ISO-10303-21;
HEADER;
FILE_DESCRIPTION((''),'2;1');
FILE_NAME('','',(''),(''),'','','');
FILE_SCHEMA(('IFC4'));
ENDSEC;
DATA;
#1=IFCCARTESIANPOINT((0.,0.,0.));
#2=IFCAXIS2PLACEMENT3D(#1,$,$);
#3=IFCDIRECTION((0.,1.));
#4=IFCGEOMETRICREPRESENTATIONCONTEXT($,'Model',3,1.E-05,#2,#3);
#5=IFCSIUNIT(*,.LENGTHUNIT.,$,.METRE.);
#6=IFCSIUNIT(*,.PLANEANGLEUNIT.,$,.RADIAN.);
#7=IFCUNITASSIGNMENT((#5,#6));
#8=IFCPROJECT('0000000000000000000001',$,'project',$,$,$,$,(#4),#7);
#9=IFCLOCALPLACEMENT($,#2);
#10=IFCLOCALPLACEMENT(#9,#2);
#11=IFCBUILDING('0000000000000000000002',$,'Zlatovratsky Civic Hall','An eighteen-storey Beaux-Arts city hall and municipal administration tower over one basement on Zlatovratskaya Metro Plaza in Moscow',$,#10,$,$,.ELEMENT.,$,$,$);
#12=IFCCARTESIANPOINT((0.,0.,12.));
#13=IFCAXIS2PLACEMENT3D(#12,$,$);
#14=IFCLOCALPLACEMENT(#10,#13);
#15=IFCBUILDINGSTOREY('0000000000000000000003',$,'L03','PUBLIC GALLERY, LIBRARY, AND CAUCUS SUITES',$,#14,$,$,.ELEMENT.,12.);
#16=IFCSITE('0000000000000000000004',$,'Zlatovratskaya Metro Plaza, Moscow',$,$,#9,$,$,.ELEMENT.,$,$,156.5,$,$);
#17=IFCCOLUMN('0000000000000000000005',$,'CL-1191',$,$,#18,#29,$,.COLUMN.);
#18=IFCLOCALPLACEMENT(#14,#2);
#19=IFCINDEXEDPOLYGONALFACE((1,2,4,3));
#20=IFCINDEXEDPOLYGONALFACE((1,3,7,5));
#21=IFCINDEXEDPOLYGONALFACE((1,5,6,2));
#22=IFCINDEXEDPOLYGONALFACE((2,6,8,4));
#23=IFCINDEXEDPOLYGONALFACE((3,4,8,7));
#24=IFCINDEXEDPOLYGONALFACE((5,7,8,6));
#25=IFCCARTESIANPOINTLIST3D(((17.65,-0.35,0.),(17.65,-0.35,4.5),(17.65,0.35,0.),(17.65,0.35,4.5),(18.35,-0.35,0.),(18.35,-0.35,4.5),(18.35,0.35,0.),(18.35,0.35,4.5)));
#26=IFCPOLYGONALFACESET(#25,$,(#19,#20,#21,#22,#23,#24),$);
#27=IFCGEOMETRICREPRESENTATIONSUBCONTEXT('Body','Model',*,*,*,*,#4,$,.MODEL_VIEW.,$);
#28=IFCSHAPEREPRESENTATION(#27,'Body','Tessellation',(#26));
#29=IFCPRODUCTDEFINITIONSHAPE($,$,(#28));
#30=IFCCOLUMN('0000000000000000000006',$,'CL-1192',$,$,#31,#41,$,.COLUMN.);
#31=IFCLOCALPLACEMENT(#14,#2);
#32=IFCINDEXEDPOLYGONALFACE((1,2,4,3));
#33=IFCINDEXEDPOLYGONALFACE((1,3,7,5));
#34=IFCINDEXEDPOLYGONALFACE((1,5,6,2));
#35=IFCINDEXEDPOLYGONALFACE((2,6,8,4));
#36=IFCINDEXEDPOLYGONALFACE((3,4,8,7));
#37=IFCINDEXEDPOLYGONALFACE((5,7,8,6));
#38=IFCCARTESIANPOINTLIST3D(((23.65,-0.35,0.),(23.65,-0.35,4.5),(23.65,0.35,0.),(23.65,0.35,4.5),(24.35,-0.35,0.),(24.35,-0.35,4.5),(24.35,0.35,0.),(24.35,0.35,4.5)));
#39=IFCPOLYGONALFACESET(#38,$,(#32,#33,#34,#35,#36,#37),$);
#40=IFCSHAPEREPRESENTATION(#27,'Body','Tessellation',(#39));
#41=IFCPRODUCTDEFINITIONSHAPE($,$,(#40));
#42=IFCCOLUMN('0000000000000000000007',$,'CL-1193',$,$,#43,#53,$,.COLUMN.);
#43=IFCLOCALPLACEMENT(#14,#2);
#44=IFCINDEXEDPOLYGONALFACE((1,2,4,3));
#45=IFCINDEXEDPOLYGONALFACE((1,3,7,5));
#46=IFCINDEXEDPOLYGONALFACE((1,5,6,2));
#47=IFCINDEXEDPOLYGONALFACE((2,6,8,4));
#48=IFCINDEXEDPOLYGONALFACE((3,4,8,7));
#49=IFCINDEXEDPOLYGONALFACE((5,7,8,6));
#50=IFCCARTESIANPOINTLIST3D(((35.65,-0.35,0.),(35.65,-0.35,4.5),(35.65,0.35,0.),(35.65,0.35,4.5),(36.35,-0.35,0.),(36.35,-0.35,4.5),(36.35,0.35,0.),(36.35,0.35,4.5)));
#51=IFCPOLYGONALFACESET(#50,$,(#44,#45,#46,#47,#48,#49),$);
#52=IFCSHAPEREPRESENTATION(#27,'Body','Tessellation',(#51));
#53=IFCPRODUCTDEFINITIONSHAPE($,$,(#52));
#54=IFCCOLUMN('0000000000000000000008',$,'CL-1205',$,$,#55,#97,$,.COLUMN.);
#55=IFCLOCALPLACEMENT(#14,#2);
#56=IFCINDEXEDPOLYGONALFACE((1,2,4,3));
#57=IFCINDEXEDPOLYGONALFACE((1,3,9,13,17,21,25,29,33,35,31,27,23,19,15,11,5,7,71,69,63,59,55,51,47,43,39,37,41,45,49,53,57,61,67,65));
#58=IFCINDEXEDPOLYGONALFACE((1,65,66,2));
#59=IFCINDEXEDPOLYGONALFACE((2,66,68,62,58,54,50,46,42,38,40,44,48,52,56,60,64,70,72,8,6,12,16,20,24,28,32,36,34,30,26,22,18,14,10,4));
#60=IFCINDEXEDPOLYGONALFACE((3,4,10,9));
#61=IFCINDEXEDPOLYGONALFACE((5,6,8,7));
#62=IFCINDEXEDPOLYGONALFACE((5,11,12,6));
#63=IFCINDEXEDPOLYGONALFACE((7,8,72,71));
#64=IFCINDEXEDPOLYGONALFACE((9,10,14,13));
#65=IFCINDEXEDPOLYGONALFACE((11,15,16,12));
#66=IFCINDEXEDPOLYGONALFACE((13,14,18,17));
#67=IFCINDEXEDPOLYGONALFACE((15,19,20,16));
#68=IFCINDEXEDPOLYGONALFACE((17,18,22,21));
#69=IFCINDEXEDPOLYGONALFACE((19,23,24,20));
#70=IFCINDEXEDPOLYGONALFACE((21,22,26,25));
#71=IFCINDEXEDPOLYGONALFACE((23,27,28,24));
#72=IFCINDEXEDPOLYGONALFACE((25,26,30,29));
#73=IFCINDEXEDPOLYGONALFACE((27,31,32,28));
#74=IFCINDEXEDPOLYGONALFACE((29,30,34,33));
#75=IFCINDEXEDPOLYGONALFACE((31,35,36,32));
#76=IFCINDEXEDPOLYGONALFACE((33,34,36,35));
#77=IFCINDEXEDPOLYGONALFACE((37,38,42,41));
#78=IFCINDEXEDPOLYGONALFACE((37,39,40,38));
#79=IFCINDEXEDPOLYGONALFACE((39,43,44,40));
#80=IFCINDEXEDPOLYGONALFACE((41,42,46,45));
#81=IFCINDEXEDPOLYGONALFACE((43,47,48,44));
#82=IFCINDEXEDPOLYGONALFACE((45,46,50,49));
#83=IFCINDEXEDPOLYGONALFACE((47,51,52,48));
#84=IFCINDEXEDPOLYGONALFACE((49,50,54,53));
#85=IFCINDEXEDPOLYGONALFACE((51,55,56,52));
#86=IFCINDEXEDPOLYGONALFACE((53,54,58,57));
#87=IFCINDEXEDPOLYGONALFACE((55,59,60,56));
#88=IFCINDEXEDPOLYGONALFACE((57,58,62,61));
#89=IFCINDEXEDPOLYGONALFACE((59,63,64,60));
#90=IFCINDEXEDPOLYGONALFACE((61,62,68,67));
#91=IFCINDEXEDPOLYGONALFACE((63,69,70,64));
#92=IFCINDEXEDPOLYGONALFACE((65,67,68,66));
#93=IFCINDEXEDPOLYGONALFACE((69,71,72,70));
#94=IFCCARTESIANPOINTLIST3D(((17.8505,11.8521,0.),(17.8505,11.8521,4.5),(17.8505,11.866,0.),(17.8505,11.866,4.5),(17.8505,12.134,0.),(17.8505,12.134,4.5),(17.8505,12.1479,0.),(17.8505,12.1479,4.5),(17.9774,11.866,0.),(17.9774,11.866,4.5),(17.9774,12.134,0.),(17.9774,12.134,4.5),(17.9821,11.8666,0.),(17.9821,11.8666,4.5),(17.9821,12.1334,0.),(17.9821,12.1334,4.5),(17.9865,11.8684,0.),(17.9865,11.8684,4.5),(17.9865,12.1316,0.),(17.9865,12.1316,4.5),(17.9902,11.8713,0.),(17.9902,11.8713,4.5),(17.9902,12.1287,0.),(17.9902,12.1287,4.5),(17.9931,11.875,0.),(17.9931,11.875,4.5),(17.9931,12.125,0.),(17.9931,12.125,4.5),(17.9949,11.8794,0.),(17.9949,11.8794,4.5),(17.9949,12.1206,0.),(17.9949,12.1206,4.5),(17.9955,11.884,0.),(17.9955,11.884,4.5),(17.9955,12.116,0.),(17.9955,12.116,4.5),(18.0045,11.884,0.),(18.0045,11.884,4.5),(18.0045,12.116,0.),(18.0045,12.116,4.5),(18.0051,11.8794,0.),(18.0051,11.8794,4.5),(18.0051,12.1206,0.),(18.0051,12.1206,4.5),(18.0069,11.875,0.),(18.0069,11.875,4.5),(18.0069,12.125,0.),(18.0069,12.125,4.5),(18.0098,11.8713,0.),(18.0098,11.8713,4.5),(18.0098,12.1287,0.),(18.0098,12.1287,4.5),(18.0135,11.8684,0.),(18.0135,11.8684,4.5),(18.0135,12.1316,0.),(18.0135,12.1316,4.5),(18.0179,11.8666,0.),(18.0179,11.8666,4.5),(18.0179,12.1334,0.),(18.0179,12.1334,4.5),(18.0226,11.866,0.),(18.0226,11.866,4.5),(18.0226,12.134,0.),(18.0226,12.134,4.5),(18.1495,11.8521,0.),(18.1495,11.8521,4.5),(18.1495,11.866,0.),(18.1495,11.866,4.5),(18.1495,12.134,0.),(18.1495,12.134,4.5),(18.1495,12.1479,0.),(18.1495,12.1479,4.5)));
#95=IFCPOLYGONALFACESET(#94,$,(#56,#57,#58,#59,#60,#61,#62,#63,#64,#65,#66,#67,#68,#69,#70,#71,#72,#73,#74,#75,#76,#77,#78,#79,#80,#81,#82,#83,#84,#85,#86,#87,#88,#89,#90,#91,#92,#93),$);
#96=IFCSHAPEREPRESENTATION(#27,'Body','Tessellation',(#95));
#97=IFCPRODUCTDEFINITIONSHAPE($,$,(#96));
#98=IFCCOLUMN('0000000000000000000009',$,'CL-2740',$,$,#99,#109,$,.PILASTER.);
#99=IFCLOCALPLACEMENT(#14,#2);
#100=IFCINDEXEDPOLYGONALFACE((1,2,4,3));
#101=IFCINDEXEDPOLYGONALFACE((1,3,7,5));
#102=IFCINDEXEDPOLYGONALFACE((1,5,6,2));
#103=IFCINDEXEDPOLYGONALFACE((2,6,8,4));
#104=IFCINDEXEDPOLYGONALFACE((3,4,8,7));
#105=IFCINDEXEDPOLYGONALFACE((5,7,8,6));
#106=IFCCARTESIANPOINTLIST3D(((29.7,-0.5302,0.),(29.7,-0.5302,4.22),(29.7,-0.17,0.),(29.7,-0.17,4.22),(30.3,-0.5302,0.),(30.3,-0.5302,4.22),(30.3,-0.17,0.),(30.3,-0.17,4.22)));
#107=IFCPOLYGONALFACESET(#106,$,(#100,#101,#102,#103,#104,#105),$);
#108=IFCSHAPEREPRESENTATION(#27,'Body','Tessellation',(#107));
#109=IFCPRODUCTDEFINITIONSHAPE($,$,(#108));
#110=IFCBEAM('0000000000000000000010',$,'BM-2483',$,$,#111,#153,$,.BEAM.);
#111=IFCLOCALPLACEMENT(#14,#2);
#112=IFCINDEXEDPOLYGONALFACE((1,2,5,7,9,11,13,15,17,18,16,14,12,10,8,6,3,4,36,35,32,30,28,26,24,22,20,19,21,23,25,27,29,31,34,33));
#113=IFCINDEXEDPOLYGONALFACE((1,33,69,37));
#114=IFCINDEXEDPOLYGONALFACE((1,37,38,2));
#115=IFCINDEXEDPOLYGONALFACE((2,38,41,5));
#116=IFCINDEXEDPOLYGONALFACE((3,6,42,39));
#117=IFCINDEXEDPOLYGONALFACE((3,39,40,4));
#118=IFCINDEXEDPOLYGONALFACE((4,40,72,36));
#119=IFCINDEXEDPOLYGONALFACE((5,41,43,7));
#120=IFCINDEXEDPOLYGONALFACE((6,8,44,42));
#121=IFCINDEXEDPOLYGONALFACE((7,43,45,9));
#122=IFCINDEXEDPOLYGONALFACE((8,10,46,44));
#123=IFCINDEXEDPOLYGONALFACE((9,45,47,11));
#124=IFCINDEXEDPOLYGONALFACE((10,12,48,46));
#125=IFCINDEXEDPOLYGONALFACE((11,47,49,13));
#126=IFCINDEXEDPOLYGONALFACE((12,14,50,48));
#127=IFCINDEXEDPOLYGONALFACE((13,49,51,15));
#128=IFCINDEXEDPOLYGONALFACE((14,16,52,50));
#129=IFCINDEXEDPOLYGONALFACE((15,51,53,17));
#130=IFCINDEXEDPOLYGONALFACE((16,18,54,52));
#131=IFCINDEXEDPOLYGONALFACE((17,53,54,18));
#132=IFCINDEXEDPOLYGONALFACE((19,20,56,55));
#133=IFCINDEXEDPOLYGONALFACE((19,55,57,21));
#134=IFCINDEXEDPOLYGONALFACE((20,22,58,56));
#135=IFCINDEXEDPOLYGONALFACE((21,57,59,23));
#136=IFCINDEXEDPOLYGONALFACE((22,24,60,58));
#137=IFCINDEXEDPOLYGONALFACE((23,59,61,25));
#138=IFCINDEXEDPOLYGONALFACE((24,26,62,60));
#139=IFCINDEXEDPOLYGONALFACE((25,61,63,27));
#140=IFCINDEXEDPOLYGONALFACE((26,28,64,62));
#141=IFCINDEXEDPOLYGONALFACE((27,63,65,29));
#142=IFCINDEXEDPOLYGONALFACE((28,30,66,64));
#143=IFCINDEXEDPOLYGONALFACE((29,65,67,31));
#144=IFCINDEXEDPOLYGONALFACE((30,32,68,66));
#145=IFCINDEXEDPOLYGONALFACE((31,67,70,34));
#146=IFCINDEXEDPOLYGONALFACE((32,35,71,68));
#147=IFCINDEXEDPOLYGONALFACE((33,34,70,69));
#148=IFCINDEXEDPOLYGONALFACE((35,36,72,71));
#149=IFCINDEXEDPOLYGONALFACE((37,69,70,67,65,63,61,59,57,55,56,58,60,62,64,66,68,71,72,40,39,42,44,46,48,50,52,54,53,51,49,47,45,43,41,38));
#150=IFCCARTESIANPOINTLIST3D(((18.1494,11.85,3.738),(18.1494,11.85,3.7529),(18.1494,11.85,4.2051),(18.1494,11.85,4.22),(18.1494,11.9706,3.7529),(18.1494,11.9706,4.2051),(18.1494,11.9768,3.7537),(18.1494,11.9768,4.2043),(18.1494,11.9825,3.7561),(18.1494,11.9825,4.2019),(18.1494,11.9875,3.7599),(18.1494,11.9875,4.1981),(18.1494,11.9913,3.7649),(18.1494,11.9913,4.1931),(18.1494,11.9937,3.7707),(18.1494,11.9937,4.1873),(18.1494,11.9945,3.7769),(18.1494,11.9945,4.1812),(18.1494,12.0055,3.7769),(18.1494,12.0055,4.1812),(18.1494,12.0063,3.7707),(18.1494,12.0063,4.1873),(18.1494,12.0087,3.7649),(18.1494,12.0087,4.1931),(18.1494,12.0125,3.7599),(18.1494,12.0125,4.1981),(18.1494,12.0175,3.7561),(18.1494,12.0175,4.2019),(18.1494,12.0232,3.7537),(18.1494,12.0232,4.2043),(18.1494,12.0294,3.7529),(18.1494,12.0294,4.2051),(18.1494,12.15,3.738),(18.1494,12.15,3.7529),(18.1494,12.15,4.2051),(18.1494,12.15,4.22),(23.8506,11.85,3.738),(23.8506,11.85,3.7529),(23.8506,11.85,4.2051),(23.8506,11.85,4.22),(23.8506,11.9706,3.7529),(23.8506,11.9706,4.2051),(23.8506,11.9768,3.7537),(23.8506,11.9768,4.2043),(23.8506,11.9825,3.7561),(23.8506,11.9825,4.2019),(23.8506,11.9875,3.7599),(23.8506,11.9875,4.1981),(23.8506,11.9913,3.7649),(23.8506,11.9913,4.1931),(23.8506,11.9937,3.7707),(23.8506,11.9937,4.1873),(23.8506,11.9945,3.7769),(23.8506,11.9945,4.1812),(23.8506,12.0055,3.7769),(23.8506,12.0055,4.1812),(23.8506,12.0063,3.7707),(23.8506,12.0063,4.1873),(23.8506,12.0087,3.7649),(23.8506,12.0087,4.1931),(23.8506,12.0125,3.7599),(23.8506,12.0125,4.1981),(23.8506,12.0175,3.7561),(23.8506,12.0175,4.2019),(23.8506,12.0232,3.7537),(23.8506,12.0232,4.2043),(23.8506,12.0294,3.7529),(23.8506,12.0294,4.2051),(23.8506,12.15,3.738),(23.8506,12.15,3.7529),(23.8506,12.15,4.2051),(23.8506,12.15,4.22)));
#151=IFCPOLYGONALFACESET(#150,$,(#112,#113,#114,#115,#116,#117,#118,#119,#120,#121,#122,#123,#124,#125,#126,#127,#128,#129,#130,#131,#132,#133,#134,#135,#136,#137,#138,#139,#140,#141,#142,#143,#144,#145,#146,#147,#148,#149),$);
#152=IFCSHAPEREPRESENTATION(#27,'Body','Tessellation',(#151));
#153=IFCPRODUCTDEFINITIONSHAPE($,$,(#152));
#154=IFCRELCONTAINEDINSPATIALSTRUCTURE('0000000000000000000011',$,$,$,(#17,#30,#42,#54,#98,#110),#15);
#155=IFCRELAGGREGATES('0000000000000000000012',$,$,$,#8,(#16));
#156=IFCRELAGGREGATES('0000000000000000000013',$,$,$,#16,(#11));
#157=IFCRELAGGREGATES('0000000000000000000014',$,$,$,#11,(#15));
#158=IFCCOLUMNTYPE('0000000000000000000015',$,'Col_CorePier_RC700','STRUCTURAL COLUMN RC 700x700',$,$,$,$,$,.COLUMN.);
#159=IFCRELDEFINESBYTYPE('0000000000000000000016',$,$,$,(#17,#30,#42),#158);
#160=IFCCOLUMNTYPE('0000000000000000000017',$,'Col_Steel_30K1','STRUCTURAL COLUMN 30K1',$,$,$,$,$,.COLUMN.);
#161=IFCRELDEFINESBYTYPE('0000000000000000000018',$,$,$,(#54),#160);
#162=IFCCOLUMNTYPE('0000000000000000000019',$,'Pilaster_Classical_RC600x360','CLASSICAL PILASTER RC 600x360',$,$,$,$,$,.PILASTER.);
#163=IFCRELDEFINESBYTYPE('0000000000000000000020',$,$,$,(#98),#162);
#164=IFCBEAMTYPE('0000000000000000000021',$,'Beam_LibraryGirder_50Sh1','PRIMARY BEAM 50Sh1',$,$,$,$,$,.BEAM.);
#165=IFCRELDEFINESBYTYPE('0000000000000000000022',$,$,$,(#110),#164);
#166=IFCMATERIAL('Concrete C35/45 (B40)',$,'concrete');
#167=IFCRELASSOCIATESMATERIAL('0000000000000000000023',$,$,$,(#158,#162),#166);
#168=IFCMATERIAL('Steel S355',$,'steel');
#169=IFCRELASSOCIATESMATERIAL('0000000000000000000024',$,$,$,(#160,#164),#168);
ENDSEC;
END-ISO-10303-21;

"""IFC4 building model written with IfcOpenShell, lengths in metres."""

from ifc_helpers import new_model, si_unit, direction, frame, origin, origin_2d, place, context, subcontext, project, spatial, rectangle, i_section, extrude, material, material_profile, profile_set, type_object, element, save


model = new_model("IFC4")

# Units and contexts
model_context = context("Model", 3, precision=1e-05, world=origin(), true_north=direction((0.0, 1.0)))
body_context = subcontext(model_context, "Body", "Model", "MODEL_VIEW")
ifc_project = project(units=[si_unit("LENGTHUNIT", "METRE"), si_unit("PLANEANGLEUNIT", "RADIAN")], contexts=[model_context])

# Site, building, storey
site_placement = place(None, origin())
site = spatial("IfcSite", under=ifc_project, at=site_placement, Name="Zlatovratskaya Metro Plaza, Moscow", CompositionType="ELEMENT", RefElevation=156.5)
building_placement = place(site_placement, origin())
building = spatial("IfcBuilding", under=site, at=building_placement, Name="Zlatovratsky Civic Hall", Description="An eighteen-storey Beaux-Arts city hall and municipal administration tower over one basement on Zlatovratskaya Metro Plaza in Moscow", CompositionType="ELEMENT")
storey_placement = place(building_placement, frame((0.0, 0.0, 12.0)))
storey = spatial("IfcBuildingStorey", under=building, at=storey_placement, Name="L03", Description="PUBLIC GALLERY, LIBRARY, AND CAUCUS SUITES", CompositionType="ELEMENT", Elevation=12.0)

# Columns
ifc_material_1 = material(Name="Concrete C35/45 (B40)", Category="concrete")
ifc_material_profile_1 = material_profile(ifc_material_1, rectangle(XDim=0.7, YDim=0.7, at=origin_2d()), Name="RC 700x700")
ifc_profile_set_1 = profile_set([ifc_material_profile_1], Name="Concrete C35/45 (B40)")
column_type_1 = type_object("IfcColumnType", Name="Col_CorePier_RC700", Description="STRUCTURAL COLUMN RC 700x700", PredefinedType="COLUMN", material=ifc_profile_set_1)
for number, where, z_axis, x_axis, name in (
    (1, (18.0, 0.0, 0.0), (0.0, 0.0, 1.0), (1.0, 0.0, 0.0), "CL-1191"),
    (2, (24.0, 0.0, 0.0), (0.0, 0.0, 1.0), (1.0, 0.0, 0.0), "CL-1192"),
    (3, (36.0, 0.0, 0.0), (0.0, 0.0, 1.0), (1.0, 0.0, 0.0), "CL-1193"),
):
    element("IfcColumn", number, at=place(storey_placement, frame(where, z_axis=z_axis, x_axis=x_axis)), inside=storey, type_object=column_type_1, Name=name, PredefinedType="COLUMN", context=body_context, shape_type="SweptSolid", body=[
        extrude(rectangle(XDim=0.7, YDim=0.7, at=origin_2d()), origin(), (0.0, 0.0, 1.0), 4.5),
    ])
ifc_material_2 = material(Name="Steel S355", Category="steel")
ifc_material_profile_2 = material_profile(ifc_material_2, i_section(OverallWidth=0.2991, OverallDepth=0.2959, WebThickness=0.009, FlangeThickness=0.0139, FilletRadius=0.0181, at=origin_2d()), Name="30K1")
ifc_profile_set_2 = profile_set([ifc_material_profile_2], Name="Steel S355")
column_type_2 = type_object("IfcColumnType", Name="Col_Steel_30K1", Description="STRUCTURAL COLUMN 30K1", PredefinedType="COLUMN", material=ifc_profile_set_2)
column_1_placement = place(storey_placement, frame((18.0, 12.0, 0.0), z_axis=(0.0, 0.0, 1.0), x_axis=(1.0, 0.0, 0.0)))
element("IfcColumn", 4, at=column_1_placement, inside=storey, type_object=column_type_2, Name="CL-1205", PredefinedType="COLUMN", context=body_context, shape_type="SweptSolid", body=[
    extrude(i_section(OverallWidth=0.2991, OverallDepth=0.2959, WebThickness=0.009, FlangeThickness=0.0139, FilletRadius=0.0181, at=origin_2d()), origin(), (0.0, 0.0, 1.0), 4.5),
])
ifc_material_profile_3 = material_profile(ifc_material_1, rectangle(XDim=0.6001, YDim=0.3601, at=origin_2d()), Name="RC 600x360")
ifc_profile_set_3 = profile_set([ifc_material_profile_3], Name="Concrete C35/45 (B40)")
column_type_3 = type_object("IfcColumnType", Name="Pilaster_Classical_RC600x360", Description="CLASSICAL PILASTER RC 600x360", PredefinedType="PILASTER", material=ifc_profile_set_3)
column_2_placement = place(storey_placement, frame((30.0, -0.3501, 0.0), z_axis=(0.0, 0.0, 1.0), x_axis=(1.0, 0.0, 0.0)))
element("IfcColumn", 5, at=column_2_placement, inside=storey, type_object=column_type_3, Name="CL-2740", PredefinedType="PILASTER", context=body_context, shape_type="SweptSolid", body=[
    extrude(rectangle(XDim=0.6001, YDim=0.3601, at=origin_2d()), origin(), (0.0, 0.0, 1.0), 4.22),
])

# Beam
ifc_material_profile_4 = material_profile(ifc_material_2, i_section(OverallWidth=0.3, OverallDepth=0.4819, WebThickness=0.011, FlangeThickness=0.0149, FilletRadius=0.0239, at=origin_2d()), Name="50Sh1")
ifc_profile_set_4 = profile_set([ifc_material_profile_4], Name="Steel S355")
beam_type_1 = type_object("IfcBeamType", Name="Beam_LibraryGirder_50Sh1", Description="PRIMARY BEAM 50Sh1", PredefinedType="BEAM", material=ifc_profile_set_4)
beam_1_placement = place(storey_placement, frame((18.1494, 12.0, 3.979), z_axis=(1.0, 0.0, 0.0), x_axis=(0.0, 1.0, 0.0)))
element("IfcBeam", 6, at=beam_1_placement, inside=storey, type_object=beam_type_1, Name="BM-2483", PredefinedType="BEAM", context=body_context, shape_type="SweptSolid", body=[
    extrude(i_section(OverallWidth=0.3, OverallDepth=0.4819, WebThickness=0.011, FlangeThickness=0.0149, FilletRadius=0.0239, at=origin_2d()), origin(), (0.0, 0.0, 1.0), 5.7012),
])

save(model, "model.ifc")
